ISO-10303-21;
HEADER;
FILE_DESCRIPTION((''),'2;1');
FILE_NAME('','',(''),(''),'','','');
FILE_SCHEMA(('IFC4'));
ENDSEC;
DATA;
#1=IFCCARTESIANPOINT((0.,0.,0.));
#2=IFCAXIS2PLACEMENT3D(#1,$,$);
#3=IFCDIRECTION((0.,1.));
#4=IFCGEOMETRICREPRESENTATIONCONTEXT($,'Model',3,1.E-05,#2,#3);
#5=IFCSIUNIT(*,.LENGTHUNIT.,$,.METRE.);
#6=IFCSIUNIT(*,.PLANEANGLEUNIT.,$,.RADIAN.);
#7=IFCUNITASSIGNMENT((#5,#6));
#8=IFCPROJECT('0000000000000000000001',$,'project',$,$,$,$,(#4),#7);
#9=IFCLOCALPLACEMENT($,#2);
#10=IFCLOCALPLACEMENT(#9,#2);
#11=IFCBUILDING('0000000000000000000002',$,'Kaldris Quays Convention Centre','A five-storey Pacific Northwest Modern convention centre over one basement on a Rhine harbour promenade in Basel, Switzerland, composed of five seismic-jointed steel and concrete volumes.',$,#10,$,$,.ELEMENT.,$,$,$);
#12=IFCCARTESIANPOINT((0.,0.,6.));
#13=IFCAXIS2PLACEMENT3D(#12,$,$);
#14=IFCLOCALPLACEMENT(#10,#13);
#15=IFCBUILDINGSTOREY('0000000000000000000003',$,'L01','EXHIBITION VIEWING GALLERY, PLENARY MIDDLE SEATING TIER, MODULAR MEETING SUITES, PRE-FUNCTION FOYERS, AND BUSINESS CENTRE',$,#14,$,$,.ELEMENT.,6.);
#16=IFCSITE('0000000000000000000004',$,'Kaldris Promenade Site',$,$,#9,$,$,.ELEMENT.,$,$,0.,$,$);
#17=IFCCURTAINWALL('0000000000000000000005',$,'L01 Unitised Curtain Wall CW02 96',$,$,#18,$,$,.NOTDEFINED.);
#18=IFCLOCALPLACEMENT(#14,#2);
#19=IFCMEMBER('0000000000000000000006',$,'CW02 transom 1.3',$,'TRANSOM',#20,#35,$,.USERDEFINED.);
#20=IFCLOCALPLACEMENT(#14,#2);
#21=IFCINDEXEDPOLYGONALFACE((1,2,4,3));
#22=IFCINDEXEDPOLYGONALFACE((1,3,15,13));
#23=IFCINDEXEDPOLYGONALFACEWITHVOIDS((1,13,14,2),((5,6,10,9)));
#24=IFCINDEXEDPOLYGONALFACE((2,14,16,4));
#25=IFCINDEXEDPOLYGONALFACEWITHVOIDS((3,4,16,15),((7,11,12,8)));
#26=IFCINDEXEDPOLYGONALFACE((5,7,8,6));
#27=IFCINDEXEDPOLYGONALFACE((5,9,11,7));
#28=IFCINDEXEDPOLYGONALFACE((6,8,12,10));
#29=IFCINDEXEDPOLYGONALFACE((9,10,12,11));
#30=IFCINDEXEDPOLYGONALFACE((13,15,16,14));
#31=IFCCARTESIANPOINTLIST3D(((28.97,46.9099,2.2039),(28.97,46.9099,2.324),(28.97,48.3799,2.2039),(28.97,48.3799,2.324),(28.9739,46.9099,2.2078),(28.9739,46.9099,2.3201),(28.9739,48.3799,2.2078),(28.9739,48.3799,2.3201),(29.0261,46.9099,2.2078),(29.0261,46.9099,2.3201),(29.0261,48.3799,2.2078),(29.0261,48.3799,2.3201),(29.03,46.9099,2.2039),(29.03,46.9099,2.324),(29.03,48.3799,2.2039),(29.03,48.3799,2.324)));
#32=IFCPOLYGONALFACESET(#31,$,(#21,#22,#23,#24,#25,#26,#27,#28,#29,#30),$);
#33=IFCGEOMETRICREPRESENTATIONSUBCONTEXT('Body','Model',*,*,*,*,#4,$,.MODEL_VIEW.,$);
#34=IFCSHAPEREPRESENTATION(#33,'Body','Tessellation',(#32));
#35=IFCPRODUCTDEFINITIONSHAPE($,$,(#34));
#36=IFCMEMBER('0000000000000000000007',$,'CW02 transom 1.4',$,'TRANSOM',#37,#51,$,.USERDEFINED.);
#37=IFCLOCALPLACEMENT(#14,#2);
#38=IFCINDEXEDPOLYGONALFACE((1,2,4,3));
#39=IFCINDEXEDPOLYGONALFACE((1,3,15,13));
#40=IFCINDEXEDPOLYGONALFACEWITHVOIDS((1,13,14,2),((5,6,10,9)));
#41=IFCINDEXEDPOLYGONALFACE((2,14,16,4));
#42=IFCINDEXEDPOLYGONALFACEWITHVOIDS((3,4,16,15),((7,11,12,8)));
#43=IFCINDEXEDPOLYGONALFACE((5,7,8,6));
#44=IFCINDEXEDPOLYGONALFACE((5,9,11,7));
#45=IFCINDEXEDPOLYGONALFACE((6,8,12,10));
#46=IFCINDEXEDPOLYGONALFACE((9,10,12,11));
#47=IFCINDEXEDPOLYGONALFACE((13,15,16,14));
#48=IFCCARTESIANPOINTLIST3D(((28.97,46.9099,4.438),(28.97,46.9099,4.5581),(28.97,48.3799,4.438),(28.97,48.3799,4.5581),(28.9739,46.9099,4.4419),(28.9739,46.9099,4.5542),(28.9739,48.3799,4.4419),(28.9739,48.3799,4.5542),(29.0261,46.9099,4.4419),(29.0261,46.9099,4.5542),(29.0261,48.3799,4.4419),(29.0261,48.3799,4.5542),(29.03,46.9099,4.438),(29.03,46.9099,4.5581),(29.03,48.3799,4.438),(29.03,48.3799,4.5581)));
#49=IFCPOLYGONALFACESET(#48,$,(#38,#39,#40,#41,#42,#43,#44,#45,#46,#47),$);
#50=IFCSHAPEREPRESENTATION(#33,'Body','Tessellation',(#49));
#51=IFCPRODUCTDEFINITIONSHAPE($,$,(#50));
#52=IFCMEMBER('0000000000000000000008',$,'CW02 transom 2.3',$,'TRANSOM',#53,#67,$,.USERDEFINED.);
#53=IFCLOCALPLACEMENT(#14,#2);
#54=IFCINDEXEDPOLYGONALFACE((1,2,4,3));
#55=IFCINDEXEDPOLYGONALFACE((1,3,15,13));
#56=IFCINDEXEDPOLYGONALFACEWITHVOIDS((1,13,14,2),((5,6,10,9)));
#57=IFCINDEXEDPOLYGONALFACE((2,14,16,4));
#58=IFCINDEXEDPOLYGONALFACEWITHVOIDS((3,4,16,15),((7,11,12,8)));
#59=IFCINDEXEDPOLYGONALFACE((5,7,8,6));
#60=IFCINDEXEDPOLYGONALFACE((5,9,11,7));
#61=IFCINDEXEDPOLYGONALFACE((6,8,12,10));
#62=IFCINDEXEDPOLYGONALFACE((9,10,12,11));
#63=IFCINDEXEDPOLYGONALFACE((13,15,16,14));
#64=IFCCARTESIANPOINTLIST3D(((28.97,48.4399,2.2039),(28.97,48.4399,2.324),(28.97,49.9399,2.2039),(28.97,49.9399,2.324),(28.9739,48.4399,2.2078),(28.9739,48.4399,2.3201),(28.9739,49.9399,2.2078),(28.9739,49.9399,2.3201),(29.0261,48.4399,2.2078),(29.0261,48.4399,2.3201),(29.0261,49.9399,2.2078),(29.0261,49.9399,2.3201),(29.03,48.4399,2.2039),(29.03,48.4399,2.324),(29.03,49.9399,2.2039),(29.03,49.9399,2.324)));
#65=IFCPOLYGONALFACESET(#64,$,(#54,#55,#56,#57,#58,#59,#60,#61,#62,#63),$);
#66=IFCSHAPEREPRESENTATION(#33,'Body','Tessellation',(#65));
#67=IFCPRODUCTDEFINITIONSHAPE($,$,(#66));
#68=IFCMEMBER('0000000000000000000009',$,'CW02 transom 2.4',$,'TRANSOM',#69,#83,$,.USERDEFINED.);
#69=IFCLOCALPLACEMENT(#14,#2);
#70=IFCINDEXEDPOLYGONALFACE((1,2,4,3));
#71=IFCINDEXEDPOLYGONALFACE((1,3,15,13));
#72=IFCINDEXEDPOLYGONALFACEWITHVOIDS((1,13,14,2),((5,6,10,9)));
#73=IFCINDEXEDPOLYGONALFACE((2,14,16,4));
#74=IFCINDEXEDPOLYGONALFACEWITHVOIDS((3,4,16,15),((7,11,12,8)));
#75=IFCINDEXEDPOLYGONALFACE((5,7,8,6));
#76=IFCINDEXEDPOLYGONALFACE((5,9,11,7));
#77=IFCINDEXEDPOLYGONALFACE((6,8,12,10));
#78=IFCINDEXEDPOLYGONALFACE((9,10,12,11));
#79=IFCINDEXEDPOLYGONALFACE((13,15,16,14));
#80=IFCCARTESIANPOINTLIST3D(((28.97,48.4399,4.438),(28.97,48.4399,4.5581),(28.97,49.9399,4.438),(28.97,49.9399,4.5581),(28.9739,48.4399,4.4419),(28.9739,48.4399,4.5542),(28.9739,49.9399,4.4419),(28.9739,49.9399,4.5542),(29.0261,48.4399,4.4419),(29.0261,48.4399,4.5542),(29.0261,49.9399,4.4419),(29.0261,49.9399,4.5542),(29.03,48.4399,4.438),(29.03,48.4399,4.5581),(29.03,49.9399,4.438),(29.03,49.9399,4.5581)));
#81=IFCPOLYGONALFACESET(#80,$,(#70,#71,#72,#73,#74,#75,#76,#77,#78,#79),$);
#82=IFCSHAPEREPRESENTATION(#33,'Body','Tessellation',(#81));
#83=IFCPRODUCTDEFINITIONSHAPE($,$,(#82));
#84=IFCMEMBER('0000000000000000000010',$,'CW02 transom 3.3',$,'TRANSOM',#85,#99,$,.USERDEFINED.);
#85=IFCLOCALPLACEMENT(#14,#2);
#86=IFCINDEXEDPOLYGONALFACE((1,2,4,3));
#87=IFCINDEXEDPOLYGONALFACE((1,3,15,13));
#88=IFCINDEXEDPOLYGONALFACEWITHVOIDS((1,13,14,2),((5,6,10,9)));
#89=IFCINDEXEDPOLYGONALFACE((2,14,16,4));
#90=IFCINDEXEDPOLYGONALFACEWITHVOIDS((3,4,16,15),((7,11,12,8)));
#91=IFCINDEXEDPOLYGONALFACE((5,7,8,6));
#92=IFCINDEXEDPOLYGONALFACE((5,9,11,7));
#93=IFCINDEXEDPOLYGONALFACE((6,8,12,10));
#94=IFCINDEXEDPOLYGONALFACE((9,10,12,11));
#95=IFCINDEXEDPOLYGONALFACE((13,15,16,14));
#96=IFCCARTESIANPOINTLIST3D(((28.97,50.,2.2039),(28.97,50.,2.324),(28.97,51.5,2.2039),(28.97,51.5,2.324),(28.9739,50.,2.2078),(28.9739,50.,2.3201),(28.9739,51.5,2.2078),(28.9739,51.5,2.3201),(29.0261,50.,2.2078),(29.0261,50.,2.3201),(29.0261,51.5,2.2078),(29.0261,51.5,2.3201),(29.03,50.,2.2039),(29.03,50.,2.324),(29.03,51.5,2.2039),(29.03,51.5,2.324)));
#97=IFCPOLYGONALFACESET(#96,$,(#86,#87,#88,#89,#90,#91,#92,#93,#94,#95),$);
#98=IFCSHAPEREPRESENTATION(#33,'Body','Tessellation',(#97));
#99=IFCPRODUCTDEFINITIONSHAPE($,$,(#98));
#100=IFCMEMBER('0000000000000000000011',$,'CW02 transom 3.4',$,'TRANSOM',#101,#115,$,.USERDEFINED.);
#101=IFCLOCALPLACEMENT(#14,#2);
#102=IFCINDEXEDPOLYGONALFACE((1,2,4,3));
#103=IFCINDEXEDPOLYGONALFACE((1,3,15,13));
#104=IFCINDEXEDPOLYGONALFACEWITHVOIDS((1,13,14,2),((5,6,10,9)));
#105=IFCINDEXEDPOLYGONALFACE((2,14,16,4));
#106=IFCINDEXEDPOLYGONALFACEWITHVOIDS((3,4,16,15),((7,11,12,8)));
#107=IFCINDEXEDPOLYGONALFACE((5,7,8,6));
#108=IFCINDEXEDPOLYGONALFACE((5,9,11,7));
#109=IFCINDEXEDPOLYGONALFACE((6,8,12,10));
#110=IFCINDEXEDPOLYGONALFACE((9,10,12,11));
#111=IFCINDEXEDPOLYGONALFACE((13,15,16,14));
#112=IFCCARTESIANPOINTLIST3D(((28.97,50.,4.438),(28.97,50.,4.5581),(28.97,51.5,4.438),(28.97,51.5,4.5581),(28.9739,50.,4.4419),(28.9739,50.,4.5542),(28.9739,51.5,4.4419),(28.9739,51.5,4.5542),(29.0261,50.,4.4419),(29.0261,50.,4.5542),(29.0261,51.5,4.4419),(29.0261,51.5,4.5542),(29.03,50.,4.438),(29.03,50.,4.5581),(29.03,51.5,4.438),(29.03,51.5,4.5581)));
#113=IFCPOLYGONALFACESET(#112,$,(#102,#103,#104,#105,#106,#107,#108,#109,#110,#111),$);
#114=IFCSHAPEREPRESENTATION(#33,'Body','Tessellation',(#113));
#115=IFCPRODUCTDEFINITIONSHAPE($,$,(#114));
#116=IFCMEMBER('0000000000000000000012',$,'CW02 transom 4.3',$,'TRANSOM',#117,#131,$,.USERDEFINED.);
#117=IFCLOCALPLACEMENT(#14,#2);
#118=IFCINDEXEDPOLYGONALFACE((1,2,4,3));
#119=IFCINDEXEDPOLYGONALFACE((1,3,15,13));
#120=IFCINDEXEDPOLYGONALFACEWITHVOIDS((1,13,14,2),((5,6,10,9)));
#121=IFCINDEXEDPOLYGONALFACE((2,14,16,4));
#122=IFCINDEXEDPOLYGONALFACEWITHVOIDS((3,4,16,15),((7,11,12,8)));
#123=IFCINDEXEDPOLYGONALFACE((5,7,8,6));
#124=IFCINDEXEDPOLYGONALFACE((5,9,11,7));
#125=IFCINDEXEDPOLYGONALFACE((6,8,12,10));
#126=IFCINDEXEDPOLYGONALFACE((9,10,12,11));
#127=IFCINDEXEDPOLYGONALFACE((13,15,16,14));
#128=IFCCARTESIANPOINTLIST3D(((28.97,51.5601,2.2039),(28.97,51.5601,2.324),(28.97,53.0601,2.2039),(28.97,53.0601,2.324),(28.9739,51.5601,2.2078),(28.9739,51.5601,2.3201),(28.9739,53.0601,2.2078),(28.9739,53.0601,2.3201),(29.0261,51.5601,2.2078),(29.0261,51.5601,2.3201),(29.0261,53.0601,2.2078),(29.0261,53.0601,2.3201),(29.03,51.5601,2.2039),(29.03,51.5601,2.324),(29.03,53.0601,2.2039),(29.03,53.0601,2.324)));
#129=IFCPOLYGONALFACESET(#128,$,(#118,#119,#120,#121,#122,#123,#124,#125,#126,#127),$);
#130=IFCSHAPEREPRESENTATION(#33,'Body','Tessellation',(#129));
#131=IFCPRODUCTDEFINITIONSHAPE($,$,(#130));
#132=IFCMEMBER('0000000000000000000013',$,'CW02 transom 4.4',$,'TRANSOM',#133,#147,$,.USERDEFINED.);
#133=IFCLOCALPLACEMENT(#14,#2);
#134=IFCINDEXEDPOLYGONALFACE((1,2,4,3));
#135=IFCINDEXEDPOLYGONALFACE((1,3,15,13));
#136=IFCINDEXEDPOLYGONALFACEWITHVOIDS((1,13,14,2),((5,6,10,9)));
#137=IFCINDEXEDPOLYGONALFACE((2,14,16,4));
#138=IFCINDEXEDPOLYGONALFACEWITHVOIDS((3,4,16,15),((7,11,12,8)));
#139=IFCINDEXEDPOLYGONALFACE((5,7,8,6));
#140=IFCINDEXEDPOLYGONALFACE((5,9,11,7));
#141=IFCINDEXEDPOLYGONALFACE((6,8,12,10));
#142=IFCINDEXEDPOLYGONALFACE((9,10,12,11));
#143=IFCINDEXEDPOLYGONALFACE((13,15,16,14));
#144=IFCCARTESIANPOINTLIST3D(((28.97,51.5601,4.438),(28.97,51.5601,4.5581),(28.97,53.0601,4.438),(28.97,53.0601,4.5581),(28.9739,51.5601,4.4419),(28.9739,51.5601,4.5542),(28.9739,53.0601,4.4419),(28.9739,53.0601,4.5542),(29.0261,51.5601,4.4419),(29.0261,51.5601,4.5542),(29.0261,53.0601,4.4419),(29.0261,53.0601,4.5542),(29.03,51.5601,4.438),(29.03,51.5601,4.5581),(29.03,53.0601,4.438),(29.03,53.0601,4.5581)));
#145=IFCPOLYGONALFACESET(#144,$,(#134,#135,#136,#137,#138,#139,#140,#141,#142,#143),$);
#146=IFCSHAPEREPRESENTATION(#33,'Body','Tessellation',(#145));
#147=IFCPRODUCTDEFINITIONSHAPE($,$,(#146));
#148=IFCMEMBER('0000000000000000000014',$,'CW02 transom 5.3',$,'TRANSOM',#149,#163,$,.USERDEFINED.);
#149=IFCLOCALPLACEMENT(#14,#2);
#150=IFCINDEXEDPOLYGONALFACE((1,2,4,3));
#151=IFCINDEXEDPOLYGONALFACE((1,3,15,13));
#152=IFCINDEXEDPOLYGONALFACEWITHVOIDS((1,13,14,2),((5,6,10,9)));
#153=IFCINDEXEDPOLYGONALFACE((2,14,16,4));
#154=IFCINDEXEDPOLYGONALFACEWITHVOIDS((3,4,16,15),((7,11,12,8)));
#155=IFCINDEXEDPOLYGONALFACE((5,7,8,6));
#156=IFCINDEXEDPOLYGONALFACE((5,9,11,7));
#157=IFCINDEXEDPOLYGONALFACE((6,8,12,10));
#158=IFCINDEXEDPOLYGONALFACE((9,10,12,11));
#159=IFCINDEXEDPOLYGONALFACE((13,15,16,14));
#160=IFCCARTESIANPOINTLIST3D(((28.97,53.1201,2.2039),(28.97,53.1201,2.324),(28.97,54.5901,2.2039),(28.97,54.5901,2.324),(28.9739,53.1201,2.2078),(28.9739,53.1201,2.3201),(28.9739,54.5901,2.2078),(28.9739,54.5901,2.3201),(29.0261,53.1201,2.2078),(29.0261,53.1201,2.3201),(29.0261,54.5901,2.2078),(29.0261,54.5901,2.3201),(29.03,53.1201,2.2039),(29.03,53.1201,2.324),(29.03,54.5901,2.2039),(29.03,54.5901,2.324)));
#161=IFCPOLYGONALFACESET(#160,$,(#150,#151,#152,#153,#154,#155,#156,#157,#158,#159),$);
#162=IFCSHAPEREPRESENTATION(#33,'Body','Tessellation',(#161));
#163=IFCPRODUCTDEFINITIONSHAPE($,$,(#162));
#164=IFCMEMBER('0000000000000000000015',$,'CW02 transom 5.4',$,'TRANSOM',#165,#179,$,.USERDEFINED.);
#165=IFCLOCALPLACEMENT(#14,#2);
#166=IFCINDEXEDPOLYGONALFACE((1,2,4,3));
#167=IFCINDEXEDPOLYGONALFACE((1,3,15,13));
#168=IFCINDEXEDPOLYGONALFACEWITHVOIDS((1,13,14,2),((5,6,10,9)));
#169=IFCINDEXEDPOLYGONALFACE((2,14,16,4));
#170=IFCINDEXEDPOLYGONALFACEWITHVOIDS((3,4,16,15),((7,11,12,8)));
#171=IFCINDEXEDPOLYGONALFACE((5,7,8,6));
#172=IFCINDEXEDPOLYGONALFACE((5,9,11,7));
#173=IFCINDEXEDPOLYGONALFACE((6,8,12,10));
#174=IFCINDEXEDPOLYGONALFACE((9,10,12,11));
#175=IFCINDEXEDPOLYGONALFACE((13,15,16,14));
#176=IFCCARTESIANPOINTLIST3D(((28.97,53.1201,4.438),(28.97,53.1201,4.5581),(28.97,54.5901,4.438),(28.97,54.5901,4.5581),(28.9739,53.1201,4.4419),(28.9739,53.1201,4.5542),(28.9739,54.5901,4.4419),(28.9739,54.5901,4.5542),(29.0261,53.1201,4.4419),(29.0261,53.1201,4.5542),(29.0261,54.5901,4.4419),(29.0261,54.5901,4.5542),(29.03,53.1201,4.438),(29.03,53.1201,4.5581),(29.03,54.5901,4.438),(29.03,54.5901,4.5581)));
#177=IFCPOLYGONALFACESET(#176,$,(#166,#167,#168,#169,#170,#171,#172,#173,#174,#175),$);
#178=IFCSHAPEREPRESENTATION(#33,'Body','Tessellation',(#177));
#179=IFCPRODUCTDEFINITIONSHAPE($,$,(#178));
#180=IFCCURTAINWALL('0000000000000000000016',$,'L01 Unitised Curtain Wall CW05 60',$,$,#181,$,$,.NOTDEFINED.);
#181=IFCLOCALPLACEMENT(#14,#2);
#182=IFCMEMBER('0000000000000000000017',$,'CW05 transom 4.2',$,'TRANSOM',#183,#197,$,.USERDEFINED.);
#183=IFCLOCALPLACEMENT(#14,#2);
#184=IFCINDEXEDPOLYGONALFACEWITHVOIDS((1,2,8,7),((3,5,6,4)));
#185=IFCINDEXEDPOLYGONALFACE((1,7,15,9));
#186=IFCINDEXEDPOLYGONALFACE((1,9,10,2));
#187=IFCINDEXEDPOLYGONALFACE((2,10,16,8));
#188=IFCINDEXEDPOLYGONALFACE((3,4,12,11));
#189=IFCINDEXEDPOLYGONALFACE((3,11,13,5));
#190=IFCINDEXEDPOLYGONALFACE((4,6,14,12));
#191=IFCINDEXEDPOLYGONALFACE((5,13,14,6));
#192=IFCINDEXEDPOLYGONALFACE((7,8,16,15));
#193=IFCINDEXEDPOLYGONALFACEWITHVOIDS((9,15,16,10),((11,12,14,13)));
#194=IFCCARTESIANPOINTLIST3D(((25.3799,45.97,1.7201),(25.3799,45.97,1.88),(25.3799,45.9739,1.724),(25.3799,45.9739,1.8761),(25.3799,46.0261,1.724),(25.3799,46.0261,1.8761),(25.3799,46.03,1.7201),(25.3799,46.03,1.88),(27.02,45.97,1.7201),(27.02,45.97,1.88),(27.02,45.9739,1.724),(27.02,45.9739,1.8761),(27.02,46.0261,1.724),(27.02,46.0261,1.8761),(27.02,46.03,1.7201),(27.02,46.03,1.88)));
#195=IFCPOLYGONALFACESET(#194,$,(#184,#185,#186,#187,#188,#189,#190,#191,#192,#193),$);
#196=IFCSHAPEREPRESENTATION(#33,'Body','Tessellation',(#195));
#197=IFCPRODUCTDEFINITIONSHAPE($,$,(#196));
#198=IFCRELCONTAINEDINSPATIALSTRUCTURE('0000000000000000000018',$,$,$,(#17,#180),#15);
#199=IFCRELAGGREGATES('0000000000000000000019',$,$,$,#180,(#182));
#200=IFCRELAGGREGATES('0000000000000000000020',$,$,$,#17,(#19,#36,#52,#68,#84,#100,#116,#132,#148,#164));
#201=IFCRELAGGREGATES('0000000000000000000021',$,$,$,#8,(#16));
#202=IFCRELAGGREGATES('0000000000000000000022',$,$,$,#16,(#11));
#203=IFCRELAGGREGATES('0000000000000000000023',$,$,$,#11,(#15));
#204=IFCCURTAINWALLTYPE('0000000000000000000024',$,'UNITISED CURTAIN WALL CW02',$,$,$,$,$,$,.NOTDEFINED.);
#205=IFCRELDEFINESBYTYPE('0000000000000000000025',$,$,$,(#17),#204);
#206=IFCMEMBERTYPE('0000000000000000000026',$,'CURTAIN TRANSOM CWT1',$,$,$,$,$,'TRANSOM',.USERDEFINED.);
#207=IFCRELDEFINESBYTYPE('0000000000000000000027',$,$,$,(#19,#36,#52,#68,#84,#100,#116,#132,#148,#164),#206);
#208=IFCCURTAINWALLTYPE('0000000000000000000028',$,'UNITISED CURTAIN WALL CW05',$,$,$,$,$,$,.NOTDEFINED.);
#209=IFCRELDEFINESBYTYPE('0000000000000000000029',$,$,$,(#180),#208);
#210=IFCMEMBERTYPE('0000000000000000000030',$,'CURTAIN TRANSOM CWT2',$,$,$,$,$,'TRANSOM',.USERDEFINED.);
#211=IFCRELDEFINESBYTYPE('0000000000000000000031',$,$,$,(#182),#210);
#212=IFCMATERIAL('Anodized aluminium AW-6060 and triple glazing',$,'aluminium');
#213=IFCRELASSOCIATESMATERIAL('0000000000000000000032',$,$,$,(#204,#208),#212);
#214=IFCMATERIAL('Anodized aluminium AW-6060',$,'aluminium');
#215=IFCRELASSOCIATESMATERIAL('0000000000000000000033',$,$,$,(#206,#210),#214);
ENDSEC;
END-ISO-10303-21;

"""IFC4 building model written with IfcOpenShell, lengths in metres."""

from ifc_helpers import new_model, si_unit, direction, frame, origin, origin_2d, place, context, subcontext, project, spatial, hollow_rectangle, extrude, material, material_profile, profile_set, type_object, element, aggregate, save


model = new_model("IFC4")

# Units and contexts
model_context = context("Model", 3, precision=1e-05, world=origin(), true_north=direction((0.0, 1.0)))
body_context = subcontext(model_context, "Body", "Model", "MODEL_VIEW")
ifc_project = project(units=[si_unit("LENGTHUNIT", "METRE"), si_unit("PLANEANGLEUNIT", "RADIAN")], contexts=[model_context])

# Site, building, storey
site_placement = place(None, origin())
site = spatial("IfcSite", under=ifc_project, at=site_placement, Name="Kaldris Promenade Site", CompositionType="ELEMENT", RefElevation=0.0)
building_placement = place(site_placement, origin())
building = spatial("IfcBuilding", under=site, at=building_placement, Name="Kaldris Quays Convention Centre", Description="A five-storey Pacific Northwest Modern convention centre over one basement on a Rhine harbour promenade in Basel, Switzerland, composed of five seismic-jointed steel and concrete volumes.", CompositionType="ELEMENT")
storey_placement = place(building_placement, frame((0.0, 0.0, 6.0)))
storey = spatial("IfcBuildingStorey", under=building, at=storey_placement, Name="L01", Description="EXHIBITION VIEWING GALLERY, PLENARY MIDDLE SEATING TIER, MODULAR MEETING SUITES, PRE-FUNCTION FOYERS, AND BUSINESS CENTRE", CompositionType="ELEMENT", Elevation=6.0)

# Curtain walls, members
ifc_material_1 = material(Name="Anodized aluminium AW-6060 and triple glazing", Category="aluminium")
curtain_wall_type_1 = type_object("IfcCurtainWallType", Name="UNITISED CURTAIN WALL CW02", PredefinedType="NOTDEFINED", material=ifc_material_1)
curtain_wall_1_placement = place(storey_placement, origin())
curtain_wall_1 = element("IfcCurtainWall", 1, at=curtain_wall_1_placement, inside=storey, type_object=curtain_wall_type_1, Name="L01 Unitised Curtain Wall CW02 96", PredefinedType="NOTDEFINED")
ifc_material_2 = material(Name="Anodized aluminium AW-6060", Category="aluminium")
ifc_material_profile_1 = material_profile(ifc_material_2, hollow_rectangle(XDim=0.0601, YDim=0.1201, WallThickness=0.0039, at=origin_2d()), Name="RHS 120x60x4")
ifc_profile_set_1 = profile_set([ifc_material_profile_1], Name="Anodized aluminium AW-6060")
member_type_1 = type_object("IfcMemberType", Name="CURTAIN TRANSOM CWT1", ElementType="TRANSOM", PredefinedType="USERDEFINED", material=ifc_profile_set_1)
member_1_placement = place(storey_placement, frame((29.0, 46.9099, 2.2639), z_axis=(0.0, 1.0, 0.0), x_axis=(-1.0, 0.0, 0.0)))
member_1 = element("IfcMember", 2, at=member_1_placement, type_object=member_type_1, Name="CW02 transom 1.3", ObjectType="TRANSOM", PredefinedType="USERDEFINED", context=body_context, shape_type="SweptSolid", body=[
    extrude(hollow_rectangle(XDim=0.0601, YDim=0.1201, WallThickness=0.0039, at=origin_2d()), origin(), (0.0, 0.0, 1.0), 1.47),
])
member_2_placement = place(storey_placement, frame((29.0, 46.9099, 4.498), z_axis=(0.0, 1.0, 0.0), x_axis=(-1.0, 0.0, 0.0)))
member_2 = element("IfcMember", 3, at=member_2_placement, type_object=member_type_1, Name="CW02 transom 1.4", ObjectType="TRANSOM", PredefinedType="USERDEFINED", context=body_context, shape_type="SweptSolid", body=[
    extrude(hollow_rectangle(XDim=0.0601, YDim=0.1201, WallThickness=0.0039, at=origin_2d()), origin(), (0.0, 0.0, 1.0), 1.47),
])
member_3_placement = place(storey_placement, frame((29.0, 48.4399, 2.2639), z_axis=(0.0, 1.0, 0.0), x_axis=(-1.0, 0.0, 0.0)))
member_3 = element("IfcMember", 4, at=member_3_placement, type_object=member_type_1, Name="CW02 transom 2.3", ObjectType="TRANSOM", PredefinedType="USERDEFINED", context=body_context, shape_type="SweptSolid", body=[
    extrude(hollow_rectangle(XDim=0.0601, YDim=0.1201, WallThickness=0.0039, at=origin_2d()), origin(), (0.0, 0.0, 1.0), 1.5),
])
member_4_placement = place(storey_placement, frame((29.0, 48.4399, 4.498), z_axis=(0.0, 1.0, 0.0), x_axis=(-1.0, 0.0, 0.0)))
member_4 = element("IfcMember", 5, at=member_4_placement, type_object=member_type_1, Name="CW02 transom 2.4", ObjectType="TRANSOM", PredefinedType="USERDEFINED", context=body_context, shape_type="SweptSolid", body=[
    extrude(hollow_rectangle(XDim=0.0601, YDim=0.1201, WallThickness=0.0039, at=origin_2d()), origin(), (0.0, 0.0, 1.0), 1.5),
])
member_5_placement = place(storey_placement, frame((29.0, 50.0, 2.2639), z_axis=(0.0, 1.0, 0.0), x_axis=(-1.0, 0.0, 0.0)))
member_5 = element("IfcMember", 6, at=member_5_placement, type_object=member_type_1, Name="CW02 transom 3.3", ObjectType="TRANSOM", PredefinedType="USERDEFINED", context=body_context, shape_type="SweptSolid", body=[
    extrude(hollow_rectangle(XDim=0.0601, YDim=0.1201, WallThickness=0.0039, at=origin_2d()), origin(), (0.0, 0.0, 1.0), 1.5),
])
member_6_placement = place(storey_placement, frame((29.0, 50.0, 4.498), z_axis=(0.0, 1.0, 0.0), x_axis=(-1.0, 0.0, 0.0)))
member_6 = element("IfcMember", 7, at=member_6_placement, type_object=member_type_1, Name="CW02 transom 3.4", ObjectType="TRANSOM", PredefinedType="USERDEFINED", context=body_context, shape_type="SweptSolid", body=[
    extrude(hollow_rectangle(XDim=0.0601, YDim=0.1201, WallThickness=0.0039, at=origin_2d()), origin(), (0.0, 0.0, 1.0), 1.5),
])
member_7_placement = place(storey_placement, frame((29.0, 51.5601, 2.2639), z_axis=(0.0, 1.0, 0.0), x_axis=(-1.0, 0.0, 0.0)))
member_7 = element("IfcMember", 8, at=member_7_placement, type_object=member_type_1, Name="CW02 transom 4.3", ObjectType="TRANSOM", PredefinedType="USERDEFINED", context=body_context, shape_type="SweptSolid", body=[
    extrude(hollow_rectangle(XDim=0.0601, YDim=0.1201, WallThickness=0.0039, at=origin_2d()), origin(), (0.0, 0.0, 1.0), 1.5),
])
member_8_placement = place(storey_placement, frame((29.0, 51.5601, 4.498), z_axis=(0.0, 1.0, 0.0), x_axis=(-1.0, 0.0, 0.0)))
member_8 = element("IfcMember", 9, at=member_8_placement, type_object=member_type_1, Name="CW02 transom 4.4", ObjectType="TRANSOM", PredefinedType="USERDEFINED", context=body_context, shape_type="SweptSolid", body=[
    extrude(hollow_rectangle(XDim=0.0601, YDim=0.1201, WallThickness=0.0039, at=origin_2d()), origin(), (0.0, 0.0, 1.0), 1.5),
])
member_9_placement = place(storey_placement, frame((29.0, 53.1201, 2.2639), z_axis=(0.0, 1.0, 0.0), x_axis=(-1.0, 0.0, 0.0)))
member_9 = element("IfcMember", 10, at=member_9_placement, type_object=member_type_1, Name="CW02 transom 5.3", ObjectType="TRANSOM", PredefinedType="USERDEFINED", context=body_context, shape_type="SweptSolid", body=[
    extrude(hollow_rectangle(XDim=0.0601, YDim=0.1201, WallThickness=0.0039, at=origin_2d()), origin(), (0.0, 0.0, 1.0), 1.47),
])
member_10_placement = place(storey_placement, frame((29.0, 53.1201, 4.498), z_axis=(0.0, 1.0, 0.0), x_axis=(-1.0, 0.0, 0.0)))
member_10 = element("IfcMember", 11, at=member_10_placement, type_object=member_type_1, Name="CW02 transom 5.4", ObjectType="TRANSOM", PredefinedType="USERDEFINED", context=body_context, shape_type="SweptSolid", body=[
    extrude(hollow_rectangle(XDim=0.0601, YDim=0.1201, WallThickness=0.0039, at=origin_2d()), origin(), (0.0, 0.0, 1.0), 1.47),
])
curtain_wall_type_2 = type_object("IfcCurtainWallType", Name="UNITISED CURTAIN WALL CW05", PredefinedType="NOTDEFINED", material=ifc_material_1)
curtain_wall_2_placement = place(storey_placement, origin())
curtain_wall_2 = element("IfcCurtainWall", 12, at=curtain_wall_2_placement, inside=storey, type_object=curtain_wall_type_2, Name="L01 Unitised Curtain Wall CW05 60", PredefinedType="NOTDEFINED")
ifc_material_profile_2 = material_profile(ifc_material_2, hollow_rectangle(XDim=0.0601, YDim=0.1599, WallThickness=0.0039, at=origin_2d()), Name="RHS 160x60x4")
ifc_profile_set_2 = profile_set([ifc_material_profile_2], Name="Anodized aluminium AW-6060")
member_type_2 = type_object("IfcMemberType", Name="CURTAIN TRANSOM CWT2", ElementType="TRANSOM", PredefinedType="USERDEFINED", material=ifc_profile_set_2)
member_11_placement = place(storey_placement, frame((25.3799, 46.0, 1.8), z_axis=(1.0, 0.0, 0.0), x_axis=(0.0, 1.0, 0.0)))
member_11 = element("IfcMember", 13, at=member_11_placement, type_object=member_type_2, Name="CW05 transom 4.2", ObjectType="TRANSOM", PredefinedType="USERDEFINED", context=body_context, shape_type="SweptSolid", body=[
    extrude(hollow_rectangle(XDim=0.0601, YDim=0.1599, WallThickness=0.0039, at=origin_2d()), origin(), (0.0, 0.0, 1.0), 1.6401),
])

aggregate(curtain_wall_2, [member_11])
aggregate(curtain_wall_1, [member_1, member_2, member_3, member_4, member_5, member_6, member_7, member_8, member_9, member_10])

save(model, "model.ifc")
